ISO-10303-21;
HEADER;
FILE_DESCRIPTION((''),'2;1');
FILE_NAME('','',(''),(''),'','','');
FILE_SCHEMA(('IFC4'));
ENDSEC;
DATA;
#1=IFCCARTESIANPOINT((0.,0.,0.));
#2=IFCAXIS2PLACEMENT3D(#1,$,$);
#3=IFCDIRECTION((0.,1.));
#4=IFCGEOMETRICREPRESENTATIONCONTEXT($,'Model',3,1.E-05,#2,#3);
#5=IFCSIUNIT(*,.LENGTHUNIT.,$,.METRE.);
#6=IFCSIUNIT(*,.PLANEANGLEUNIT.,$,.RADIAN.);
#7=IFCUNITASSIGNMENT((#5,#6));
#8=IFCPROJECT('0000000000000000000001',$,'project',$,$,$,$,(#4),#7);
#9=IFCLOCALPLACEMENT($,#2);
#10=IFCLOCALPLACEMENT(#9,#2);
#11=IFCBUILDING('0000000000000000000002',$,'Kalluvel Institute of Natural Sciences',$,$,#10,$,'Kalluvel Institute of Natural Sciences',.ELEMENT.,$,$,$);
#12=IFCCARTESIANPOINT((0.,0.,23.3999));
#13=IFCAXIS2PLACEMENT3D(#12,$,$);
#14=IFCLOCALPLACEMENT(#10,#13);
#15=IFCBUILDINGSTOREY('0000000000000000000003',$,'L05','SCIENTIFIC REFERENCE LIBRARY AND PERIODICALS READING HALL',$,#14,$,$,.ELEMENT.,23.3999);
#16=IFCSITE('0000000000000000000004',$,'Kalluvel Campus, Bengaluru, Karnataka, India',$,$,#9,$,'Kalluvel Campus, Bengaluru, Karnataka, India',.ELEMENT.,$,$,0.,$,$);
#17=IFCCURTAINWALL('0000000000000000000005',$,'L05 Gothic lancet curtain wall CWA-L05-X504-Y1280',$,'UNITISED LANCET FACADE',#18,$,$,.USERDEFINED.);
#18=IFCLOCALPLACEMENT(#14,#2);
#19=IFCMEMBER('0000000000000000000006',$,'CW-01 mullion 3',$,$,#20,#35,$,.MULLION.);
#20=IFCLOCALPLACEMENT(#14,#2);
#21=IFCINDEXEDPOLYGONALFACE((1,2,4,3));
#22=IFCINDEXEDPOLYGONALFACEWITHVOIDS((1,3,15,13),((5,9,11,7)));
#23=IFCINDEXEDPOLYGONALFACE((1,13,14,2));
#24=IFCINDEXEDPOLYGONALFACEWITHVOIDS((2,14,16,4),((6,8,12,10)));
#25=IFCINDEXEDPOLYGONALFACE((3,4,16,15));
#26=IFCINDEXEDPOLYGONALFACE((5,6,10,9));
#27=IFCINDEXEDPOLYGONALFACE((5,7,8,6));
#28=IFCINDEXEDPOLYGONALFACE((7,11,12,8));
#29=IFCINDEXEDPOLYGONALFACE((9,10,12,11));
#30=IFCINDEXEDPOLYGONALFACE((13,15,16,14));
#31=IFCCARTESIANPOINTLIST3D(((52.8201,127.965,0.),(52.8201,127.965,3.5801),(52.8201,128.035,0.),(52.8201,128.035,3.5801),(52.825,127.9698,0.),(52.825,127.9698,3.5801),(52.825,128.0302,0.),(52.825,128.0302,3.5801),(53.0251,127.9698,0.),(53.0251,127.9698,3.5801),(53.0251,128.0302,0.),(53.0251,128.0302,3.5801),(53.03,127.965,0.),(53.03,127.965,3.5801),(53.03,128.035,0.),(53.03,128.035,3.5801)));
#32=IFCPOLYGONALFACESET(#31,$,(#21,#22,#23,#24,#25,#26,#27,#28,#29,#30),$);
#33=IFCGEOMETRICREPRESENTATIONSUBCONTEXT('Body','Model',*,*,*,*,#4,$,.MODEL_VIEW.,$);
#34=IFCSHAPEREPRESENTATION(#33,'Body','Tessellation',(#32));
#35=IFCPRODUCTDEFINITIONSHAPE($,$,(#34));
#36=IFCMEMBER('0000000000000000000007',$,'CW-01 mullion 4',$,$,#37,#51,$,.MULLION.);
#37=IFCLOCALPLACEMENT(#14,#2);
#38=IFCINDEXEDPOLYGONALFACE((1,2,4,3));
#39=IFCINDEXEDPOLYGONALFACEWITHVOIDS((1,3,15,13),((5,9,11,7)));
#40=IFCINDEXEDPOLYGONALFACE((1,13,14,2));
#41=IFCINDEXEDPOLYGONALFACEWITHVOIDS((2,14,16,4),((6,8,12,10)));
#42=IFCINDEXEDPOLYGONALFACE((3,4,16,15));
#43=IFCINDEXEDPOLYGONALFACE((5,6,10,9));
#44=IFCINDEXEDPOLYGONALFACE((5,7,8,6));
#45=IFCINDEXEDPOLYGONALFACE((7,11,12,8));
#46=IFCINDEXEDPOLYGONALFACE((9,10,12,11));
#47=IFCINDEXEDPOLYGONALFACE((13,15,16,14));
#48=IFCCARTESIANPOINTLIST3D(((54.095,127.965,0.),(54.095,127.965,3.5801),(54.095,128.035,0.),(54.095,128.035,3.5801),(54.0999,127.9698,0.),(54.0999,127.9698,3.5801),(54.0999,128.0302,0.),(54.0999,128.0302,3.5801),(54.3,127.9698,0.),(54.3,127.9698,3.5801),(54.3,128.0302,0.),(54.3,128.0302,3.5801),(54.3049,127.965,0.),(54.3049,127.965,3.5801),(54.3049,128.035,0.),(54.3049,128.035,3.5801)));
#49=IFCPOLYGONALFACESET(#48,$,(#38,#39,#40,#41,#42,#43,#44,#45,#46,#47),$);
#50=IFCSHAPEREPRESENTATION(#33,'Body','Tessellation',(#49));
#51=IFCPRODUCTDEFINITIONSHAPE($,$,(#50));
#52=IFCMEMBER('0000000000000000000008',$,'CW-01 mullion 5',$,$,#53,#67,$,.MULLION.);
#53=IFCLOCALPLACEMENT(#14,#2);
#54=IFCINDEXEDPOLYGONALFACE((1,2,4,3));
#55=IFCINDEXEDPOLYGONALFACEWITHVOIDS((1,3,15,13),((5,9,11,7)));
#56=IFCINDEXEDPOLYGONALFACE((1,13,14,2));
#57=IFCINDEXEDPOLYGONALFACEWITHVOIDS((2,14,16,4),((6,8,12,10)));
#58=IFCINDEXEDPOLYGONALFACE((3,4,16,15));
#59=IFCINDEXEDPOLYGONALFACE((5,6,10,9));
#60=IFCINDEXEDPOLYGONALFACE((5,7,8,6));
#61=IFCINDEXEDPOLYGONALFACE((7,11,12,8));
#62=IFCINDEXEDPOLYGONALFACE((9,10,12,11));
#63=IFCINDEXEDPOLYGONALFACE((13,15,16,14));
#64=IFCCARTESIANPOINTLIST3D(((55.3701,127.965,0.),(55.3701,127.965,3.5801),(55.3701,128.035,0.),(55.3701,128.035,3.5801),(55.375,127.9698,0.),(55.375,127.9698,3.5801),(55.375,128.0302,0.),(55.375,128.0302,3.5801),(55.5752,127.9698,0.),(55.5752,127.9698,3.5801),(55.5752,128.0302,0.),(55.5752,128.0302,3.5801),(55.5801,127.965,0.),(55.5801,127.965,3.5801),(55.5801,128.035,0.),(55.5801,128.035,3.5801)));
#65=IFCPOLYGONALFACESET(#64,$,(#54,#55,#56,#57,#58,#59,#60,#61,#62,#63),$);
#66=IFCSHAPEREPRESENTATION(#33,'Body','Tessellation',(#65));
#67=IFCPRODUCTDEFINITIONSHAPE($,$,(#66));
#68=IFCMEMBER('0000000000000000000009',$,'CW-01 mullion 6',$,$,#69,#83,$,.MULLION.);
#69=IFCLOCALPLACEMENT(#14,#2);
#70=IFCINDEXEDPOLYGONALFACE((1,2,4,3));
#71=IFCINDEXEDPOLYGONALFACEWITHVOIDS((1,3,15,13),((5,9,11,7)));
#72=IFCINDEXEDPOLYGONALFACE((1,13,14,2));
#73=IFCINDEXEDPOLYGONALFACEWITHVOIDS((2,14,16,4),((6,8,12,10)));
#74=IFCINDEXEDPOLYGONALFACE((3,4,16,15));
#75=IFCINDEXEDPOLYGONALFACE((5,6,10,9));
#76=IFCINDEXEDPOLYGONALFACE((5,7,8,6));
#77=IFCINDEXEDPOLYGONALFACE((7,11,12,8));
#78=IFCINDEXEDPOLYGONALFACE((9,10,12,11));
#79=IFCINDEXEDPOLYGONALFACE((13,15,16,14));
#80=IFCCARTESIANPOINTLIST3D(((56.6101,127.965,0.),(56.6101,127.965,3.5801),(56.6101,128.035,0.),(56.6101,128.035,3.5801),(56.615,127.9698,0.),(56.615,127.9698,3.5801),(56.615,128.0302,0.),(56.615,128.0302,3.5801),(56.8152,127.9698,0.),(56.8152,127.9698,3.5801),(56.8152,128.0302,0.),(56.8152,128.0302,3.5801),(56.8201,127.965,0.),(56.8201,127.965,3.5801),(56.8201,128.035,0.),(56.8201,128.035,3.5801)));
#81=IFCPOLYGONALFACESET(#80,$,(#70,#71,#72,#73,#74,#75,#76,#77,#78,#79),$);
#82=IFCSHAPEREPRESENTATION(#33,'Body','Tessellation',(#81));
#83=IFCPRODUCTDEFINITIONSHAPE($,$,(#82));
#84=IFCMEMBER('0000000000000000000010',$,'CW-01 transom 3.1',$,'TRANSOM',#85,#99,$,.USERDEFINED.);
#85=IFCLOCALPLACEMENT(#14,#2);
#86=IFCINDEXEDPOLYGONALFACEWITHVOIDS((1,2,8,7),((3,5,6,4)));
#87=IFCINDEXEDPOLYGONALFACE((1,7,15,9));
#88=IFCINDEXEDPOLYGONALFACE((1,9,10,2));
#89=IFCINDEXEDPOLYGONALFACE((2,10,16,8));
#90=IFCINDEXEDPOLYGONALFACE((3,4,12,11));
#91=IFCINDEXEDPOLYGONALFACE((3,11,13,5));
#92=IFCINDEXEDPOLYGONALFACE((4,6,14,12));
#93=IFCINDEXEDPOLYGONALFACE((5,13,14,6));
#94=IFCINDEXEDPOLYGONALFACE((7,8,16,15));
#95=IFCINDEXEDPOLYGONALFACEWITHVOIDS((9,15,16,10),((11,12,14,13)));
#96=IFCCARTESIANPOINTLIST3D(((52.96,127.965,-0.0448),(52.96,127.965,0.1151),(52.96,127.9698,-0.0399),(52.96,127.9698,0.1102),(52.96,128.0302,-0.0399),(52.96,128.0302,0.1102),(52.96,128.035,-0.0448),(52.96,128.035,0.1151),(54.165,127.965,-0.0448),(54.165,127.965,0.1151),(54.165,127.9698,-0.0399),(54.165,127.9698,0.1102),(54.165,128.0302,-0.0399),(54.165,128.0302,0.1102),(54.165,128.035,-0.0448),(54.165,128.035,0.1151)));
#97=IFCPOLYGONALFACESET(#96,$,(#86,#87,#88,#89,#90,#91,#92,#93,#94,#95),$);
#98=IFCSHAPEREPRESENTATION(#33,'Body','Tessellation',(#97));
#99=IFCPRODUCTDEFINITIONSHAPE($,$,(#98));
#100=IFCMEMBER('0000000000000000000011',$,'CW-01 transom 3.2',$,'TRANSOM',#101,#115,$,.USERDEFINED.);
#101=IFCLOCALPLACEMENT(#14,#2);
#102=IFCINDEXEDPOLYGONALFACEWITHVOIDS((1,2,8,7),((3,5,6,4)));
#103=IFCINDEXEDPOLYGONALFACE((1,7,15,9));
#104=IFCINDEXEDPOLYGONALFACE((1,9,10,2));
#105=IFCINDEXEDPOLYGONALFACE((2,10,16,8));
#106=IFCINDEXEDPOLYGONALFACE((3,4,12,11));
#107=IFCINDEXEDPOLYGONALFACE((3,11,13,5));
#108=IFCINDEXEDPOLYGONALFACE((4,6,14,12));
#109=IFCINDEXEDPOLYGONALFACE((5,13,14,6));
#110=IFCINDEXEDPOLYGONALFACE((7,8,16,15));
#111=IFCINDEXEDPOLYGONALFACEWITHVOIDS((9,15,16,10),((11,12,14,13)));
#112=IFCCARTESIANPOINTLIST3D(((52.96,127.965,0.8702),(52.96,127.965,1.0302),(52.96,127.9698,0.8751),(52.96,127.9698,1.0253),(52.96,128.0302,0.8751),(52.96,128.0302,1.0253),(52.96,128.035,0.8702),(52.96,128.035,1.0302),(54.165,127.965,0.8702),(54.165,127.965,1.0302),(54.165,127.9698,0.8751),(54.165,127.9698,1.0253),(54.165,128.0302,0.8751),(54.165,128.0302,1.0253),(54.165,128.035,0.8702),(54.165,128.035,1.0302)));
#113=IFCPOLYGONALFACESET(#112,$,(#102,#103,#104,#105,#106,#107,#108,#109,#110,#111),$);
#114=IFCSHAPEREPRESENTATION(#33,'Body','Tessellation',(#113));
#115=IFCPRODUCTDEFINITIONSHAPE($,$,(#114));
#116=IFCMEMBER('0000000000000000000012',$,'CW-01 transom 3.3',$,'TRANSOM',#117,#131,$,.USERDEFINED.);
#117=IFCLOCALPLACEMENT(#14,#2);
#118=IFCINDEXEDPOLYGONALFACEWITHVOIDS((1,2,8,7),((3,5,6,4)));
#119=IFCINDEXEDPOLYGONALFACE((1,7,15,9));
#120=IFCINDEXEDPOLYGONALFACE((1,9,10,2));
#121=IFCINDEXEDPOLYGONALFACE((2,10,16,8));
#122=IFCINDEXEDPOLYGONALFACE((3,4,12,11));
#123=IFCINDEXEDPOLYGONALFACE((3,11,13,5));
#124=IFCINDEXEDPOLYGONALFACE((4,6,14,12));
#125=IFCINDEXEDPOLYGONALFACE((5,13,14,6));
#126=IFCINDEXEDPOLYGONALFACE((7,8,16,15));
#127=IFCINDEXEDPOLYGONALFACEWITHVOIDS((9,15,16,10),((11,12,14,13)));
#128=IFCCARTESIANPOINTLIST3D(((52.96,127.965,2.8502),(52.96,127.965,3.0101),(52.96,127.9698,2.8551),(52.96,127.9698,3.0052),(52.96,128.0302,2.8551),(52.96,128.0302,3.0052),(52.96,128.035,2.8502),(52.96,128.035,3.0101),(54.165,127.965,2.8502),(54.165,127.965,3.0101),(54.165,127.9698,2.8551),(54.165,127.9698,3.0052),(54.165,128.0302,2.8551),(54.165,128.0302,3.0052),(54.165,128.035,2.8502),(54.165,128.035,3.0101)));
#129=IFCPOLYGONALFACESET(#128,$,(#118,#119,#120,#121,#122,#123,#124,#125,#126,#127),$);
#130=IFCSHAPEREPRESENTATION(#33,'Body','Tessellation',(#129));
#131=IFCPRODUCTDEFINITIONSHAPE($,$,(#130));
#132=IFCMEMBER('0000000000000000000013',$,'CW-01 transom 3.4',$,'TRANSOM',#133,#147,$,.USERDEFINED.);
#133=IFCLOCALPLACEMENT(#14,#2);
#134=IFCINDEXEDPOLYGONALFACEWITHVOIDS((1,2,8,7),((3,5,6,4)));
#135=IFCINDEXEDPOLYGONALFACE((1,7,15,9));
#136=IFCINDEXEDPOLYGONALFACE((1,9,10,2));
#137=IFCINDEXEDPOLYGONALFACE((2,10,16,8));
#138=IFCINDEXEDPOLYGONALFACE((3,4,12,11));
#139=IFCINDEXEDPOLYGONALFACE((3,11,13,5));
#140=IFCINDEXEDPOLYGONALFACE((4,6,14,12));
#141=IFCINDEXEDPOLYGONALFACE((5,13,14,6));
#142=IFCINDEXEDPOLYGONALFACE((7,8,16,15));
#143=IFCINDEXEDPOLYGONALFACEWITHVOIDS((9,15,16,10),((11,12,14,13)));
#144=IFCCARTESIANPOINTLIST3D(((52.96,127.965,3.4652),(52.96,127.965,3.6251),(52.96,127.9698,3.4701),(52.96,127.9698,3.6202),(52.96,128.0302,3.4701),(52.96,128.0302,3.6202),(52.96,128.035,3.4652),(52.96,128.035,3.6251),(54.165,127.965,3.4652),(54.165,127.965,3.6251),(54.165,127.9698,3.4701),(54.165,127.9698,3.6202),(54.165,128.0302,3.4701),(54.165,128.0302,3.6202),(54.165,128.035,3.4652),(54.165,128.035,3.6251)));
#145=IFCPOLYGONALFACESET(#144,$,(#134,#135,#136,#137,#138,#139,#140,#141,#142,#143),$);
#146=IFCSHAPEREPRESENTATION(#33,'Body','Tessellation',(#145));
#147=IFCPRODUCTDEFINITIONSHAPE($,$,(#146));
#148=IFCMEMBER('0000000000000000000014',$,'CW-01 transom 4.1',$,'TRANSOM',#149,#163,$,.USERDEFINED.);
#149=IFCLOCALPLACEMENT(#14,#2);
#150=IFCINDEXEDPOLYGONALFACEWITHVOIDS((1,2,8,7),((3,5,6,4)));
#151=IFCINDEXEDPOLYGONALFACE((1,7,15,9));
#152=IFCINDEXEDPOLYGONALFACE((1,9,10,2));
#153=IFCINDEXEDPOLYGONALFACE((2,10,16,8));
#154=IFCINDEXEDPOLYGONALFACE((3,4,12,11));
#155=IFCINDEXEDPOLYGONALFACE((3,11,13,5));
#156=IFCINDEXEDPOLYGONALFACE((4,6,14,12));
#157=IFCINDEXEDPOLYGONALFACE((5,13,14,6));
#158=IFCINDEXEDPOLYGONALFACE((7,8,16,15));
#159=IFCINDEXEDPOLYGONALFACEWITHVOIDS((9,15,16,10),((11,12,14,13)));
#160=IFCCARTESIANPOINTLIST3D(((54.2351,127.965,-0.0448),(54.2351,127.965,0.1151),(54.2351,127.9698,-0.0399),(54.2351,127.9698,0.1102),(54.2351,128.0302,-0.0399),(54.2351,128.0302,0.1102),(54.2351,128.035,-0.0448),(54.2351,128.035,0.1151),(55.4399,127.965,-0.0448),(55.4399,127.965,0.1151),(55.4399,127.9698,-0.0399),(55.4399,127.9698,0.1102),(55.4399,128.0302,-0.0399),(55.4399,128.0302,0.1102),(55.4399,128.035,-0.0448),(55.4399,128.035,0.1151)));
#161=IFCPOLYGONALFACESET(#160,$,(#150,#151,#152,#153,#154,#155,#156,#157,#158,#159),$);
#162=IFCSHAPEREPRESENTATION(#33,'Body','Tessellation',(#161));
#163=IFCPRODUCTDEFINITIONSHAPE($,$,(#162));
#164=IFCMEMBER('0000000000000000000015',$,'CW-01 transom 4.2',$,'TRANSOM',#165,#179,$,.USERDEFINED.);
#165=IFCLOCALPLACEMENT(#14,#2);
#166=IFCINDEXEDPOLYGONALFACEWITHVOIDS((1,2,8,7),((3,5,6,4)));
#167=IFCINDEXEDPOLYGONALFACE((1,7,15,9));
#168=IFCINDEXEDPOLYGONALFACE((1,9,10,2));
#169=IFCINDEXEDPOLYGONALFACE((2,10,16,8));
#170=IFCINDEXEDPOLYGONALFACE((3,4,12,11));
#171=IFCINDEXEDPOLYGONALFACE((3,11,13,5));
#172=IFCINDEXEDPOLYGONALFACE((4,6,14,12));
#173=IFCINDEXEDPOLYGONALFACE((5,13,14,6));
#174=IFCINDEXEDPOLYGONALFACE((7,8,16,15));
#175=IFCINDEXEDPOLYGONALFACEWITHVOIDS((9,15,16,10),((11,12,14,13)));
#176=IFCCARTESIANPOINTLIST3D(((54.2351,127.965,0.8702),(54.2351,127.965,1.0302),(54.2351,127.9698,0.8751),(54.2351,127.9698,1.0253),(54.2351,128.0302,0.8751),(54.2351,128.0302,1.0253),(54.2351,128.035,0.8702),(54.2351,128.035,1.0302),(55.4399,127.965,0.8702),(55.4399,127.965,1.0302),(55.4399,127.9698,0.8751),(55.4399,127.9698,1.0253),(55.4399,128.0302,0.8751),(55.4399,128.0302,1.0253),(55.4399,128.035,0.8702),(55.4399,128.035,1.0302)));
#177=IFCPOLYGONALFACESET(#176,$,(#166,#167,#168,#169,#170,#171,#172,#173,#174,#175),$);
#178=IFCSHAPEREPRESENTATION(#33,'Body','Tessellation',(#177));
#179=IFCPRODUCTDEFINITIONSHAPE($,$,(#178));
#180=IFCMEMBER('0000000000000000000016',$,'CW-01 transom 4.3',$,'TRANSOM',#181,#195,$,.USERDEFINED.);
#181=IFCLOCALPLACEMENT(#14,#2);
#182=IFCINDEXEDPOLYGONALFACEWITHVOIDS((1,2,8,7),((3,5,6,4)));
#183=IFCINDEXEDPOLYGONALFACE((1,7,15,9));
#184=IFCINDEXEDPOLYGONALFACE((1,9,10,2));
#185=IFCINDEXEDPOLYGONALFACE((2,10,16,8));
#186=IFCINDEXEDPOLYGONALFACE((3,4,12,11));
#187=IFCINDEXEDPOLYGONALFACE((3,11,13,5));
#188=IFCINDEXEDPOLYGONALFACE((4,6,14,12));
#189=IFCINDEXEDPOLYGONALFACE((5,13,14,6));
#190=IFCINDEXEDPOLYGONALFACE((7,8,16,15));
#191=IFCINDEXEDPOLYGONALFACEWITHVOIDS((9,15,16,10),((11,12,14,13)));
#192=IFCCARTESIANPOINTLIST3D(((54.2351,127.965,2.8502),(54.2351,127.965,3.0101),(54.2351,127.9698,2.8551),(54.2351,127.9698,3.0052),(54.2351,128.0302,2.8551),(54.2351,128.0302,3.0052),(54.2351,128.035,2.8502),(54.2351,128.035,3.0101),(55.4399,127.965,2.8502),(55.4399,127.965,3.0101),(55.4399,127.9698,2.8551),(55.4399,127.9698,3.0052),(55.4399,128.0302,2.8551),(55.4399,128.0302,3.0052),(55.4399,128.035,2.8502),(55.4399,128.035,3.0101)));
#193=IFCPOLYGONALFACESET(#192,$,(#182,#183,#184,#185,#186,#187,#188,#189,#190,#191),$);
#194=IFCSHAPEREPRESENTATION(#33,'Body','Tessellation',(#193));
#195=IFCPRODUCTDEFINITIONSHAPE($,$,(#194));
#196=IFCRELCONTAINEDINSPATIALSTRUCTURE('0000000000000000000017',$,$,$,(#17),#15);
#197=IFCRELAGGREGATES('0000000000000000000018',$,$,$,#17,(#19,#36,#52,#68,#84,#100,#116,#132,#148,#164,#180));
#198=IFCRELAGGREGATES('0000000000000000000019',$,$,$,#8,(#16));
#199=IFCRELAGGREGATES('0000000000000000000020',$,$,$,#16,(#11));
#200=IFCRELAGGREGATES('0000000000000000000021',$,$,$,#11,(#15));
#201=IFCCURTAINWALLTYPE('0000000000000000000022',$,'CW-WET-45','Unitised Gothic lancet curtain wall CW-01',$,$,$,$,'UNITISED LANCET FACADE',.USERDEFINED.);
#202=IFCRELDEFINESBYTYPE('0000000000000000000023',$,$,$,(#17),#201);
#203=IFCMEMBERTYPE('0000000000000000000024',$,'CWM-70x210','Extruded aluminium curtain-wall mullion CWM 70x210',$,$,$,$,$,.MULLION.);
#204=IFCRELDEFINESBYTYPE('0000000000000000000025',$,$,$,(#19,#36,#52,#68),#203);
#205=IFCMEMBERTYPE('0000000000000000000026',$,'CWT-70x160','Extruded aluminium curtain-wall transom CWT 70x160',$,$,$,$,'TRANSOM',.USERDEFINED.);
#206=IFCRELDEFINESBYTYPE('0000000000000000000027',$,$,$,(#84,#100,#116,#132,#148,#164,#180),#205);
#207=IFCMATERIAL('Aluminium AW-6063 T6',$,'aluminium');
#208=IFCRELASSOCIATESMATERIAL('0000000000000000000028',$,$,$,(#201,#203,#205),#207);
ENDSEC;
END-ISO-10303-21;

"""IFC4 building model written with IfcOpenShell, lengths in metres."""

from ifc_helpers import new_model, si_unit, direction, frame, origin, origin_2d, place, context, subcontext, project, spatial, hollow_rectangle, extrude, material, material_profile, profile_set, type_object, element, aggregate, save


model = new_model("IFC4")

# Units and contexts
model_context = context("Model", 3, precision=1e-05, world=origin(), true_north=direction((0.0, 1.0)))
body_context = subcontext(model_context, "Body", "Model", "MODEL_VIEW")
ifc_project = project(units=[si_unit("LENGTHUNIT", "METRE"), si_unit("PLANEANGLEUNIT", "RADIAN")], contexts=[model_context])

# Site, building, storey
site_placement = place(None, origin())
site = spatial("IfcSite", under=ifc_project, at=site_placement, Name="Kalluvel Campus, Bengaluru, Karnataka, India", LongName="Kalluvel Campus, Bengaluru, Karnataka, India", CompositionType="ELEMENT", RefElevation=0.0)
building_placement = place(site_placement, origin())
building = spatial("IfcBuilding", under=site, at=building_placement, Name="Kalluvel Institute of Natural Sciences", LongName="Kalluvel Institute of Natural Sciences", CompositionType="ELEMENT")
storey_placement = place(building_placement, frame((0.0, 0.0, 23.3999)))
storey = spatial("IfcBuildingStorey", under=building, at=storey_placement, Name="L05", Description="SCIENTIFIC REFERENCE LIBRARY AND PERIODICALS READING HALL", CompositionType="ELEMENT", Elevation=23.3999)

# Curtain wall, members
ifc_material_1 = material(Name="Aluminium AW-6063 T6", Category="aluminium")
curtain_wall_type = type_object("IfcCurtainWallType", Name="CW-WET-45", Description="Unitised Gothic lancet curtain wall CW-01", ElementType="UNITISED LANCET FACADE", PredefinedType="USERDEFINED", material=ifc_material_1)
curtain_wall_placement = place(storey_placement, origin())
curtain_wall = element("IfcCurtainWall", 1, at=curtain_wall_placement, inside=storey, type_object=curtain_wall_type, Name="L05 Gothic lancet curtain wall CWA-L05-X504-Y1280", ObjectType="UNITISED LANCET FACADE", PredefinedType="USERDEFINED")
ifc_material_profile_1 = material_profile(ifc_material_1, hollow_rectangle(XDim=0.0701, YDim=0.21, WallThickness=0.0049, at=origin_2d()), Name="CWM 70x210")
ifc_profile_set_1 = profile_set([ifc_material_profile_1], Name="Aluminium AW-6063 T6")
member_type_1 = type_object("IfcMemberType", Name="CWM-70x210", Description="Extruded aluminium curtain-wall mullion CWM 70x210", PredefinedType="MULLION", material=ifc_profile_set_1)
member_1_placement = place(storey_placement, frame((52.925, 128.0, 0.0), z_axis=(0.0, 0.0, 1.0), x_axis=(0.0, 1.0, 0.0)))
member_1 = element("IfcMember", 2, at=member_1_placement, type_object=member_type_1, Name="CW-01 mullion 3", PredefinedType="MULLION", context=body_context, shape_type="SweptSolid", body=[
    extrude(hollow_rectangle(XDim=0.0701, YDim=0.21, WallThickness=0.0049, at=origin_2d()), origin(), (0.0, 0.0, 1.0), 3.5801),
])
member_2_placement = place(storey_placement, frame((54.2, 128.0, 0.0), z_axis=(0.0, 0.0, 1.0), x_axis=(0.0, 1.0, 0.0)))
member_2 = element("IfcMember", 3, at=member_2_placement, type_object=member_type_1, Name="CW-01 mullion 4", PredefinedType="MULLION", context=body_context, shape_type="SweptSolid", body=[
    extrude(hollow_rectangle(XDim=0.0701, YDim=0.21, WallThickness=0.0049, at=origin_2d()), origin(), (0.0, 0.0, 1.0), 3.5801),
])
member_3_placement = place(storey_placement, frame((55.4751, 128.0, 0.0), z_axis=(0.0, 0.0, 1.0), x_axis=(0.0, 1.0, 0.0)))
member_3 = element("IfcMember", 4, at=member_3_placement, type_object=member_type_1, Name="CW-01 mullion 5", PredefinedType="MULLION", context=body_context, shape_type="SweptSolid", body=[
    extrude(hollow_rectangle(XDim=0.0701, YDim=0.21, WallThickness=0.0049, at=origin_2d()), origin(), (0.0, 0.0, 1.0), 3.5801),
])
member_4_placement = place(storey_placement, frame((56.7151, 128.0, 0.0), z_axis=(0.0, 0.0, 1.0), x_axis=(0.0, 1.0, 0.0)))
member_4 = element("IfcMember", 5, at=member_4_placement, type_object=member_type_1, Name="CW-01 mullion 6", PredefinedType="MULLION", context=body_context, shape_type="SweptSolid", body=[
    extrude(hollow_rectangle(XDim=0.0701, YDim=0.21, WallThickness=0.0049, at=origin_2d()), origin(), (0.0, 0.0, 1.0), 3.5801),
])
ifc_material_profile_2 = material_profile(ifc_material_1, hollow_rectangle(XDim=0.0701, YDim=0.1599, WallThickness=0.0049, at=origin_2d()), Name="CWT 70x160")
ifc_profile_set_2 = profile_set([ifc_material_profile_2], Name="Aluminium AW-6063 T6")
member_type_2 = type_object("IfcMemberType", Name="CWT-70x160", Description="Extruded aluminium curtain-wall transom CWT 70x160", ElementType="TRANSOM", PredefinedType="USERDEFINED", material=ifc_profile_set_2)
member_5_placement = place(storey_placement, frame((52.96, 128.0, 0.0352), z_axis=(1.0, 0.0, 0.0), x_axis=(0.0, 1.0, 0.0)))
member_5 = element("IfcMember", 6, at=member_5_placement, type_object=member_type_2, Name="CW-01 transom 3.1", ObjectType="TRANSOM", PredefinedType="USERDEFINED", context=body_context, shape_type="SweptSolid", body=[
    extrude(hollow_rectangle(XDim=0.0701, YDim=0.1599, WallThickness=0.0049, at=origin_2d()), origin(), (0.0, 0.0, 1.0), 1.2051),
])
member_6_placement = place(storey_placement, frame((52.96, 128.0, 0.9502), z_axis=(1.0, 0.0, 0.0), x_axis=(0.0, 1.0, 0.0)))
member_6 = element("IfcMember", 7, at=member_6_placement, type_object=member_type_2, Name="CW-01 transom 3.2", ObjectType="TRANSOM", PredefinedType="USERDEFINED", context=body_context, shape_type="SweptSolid", body=[
    extrude(hollow_rectangle(XDim=0.0701, YDim=0.1599, WallThickness=0.0049, at=origin_2d()), origin(), (0.0, 0.0, 1.0), 1.2051),
])
member_7_placement = place(storey_placement, frame((52.96, 128.0, 2.9302), z_axis=(1.0, 0.0, 0.0), x_axis=(0.0, 1.0, 0.0)))
member_7 = element("IfcMember", 8, at=member_7_placement, type_object=member_type_2, Name="CW-01 transom 3.3", ObjectType="TRANSOM", PredefinedType="USERDEFINED", context=body_context, shape_type="SweptSolid", body=[
    extrude(hollow_rectangle(XDim=0.0701, YDim=0.1599, WallThickness=0.0049, at=origin_2d()), origin(), (0.0, 0.0, 1.0), 1.2051),
])
member_8_placement = place(storey_placement, frame((52.96, 128.0, 3.5452), z_axis=(1.0, 0.0, 0.0), x_axis=(0.0, 1.0, 0.0)))
member_8 = element("IfcMember", 9, at=member_8_placement, type_object=member_type_2, Name="CW-01 transom 3.4", ObjectType="TRANSOM", PredefinedType="USERDEFINED", context=body_context, shape_type="SweptSolid", body=[
    extrude(hollow_rectangle(XDim=0.0701, YDim=0.1599, WallThickness=0.0049, at=origin_2d()), origin(), (0.0, 0.0, 1.0), 1.2051),
])
member_9_placement = place(storey_placement, frame((54.2351, 128.0, 0.0352), z_axis=(1.0, 0.0, 0.0), x_axis=(0.0, 1.0, 0.0)))
member_9 = element("IfcMember", 10, at=member_9_placement, type_object=member_type_2, Name="CW-01 transom 4.1", ObjectType="TRANSOM", PredefinedType="USERDEFINED", context=body_context, shape_type="SweptSolid", body=[
    extrude(hollow_rectangle(XDim=0.0701, YDim=0.1599, WallThickness=0.0049, at=origin_2d()), origin(), (0.0, 0.0, 1.0), 1.2048),
])
member_10_placement = place(storey_placement, frame((54.2351, 128.0, 0.9502), z_axis=(1.0, 0.0, 0.0), x_axis=(0.0, 1.0, 0.0)))
member_10 = element("IfcMember", 11, at=member_10_placement, type_object=member_type_2, Name="CW-01 transom 4.2", ObjectType="TRANSOM", PredefinedType="USERDEFINED", context=body_context, shape_type="SweptSolid", body=[
    extrude(hollow_rectangle(XDim=0.0701, YDim=0.1599, WallThickness=0.0049, at=origin_2d()), origin(), (0.0, 0.0, 1.0), 1.2048),
])
member_11_placement = place(storey_placement, frame((54.2351, 128.0, 2.9302), z_axis=(1.0, 0.0, 0.0), x_axis=(0.0, 1.0, 0.0)))
member_11 = element("IfcMember", 12, at=member_11_placement, type_object=member_type_2, Name="CW-01 transom 4.3", ObjectType="TRANSOM", PredefinedType="USERDEFINED", context=body_context, shape_type="SweptSolid", body=[
    extrude(hollow_rectangle(XDim=0.0701, YDim=0.1599, WallThickness=0.0049, at=origin_2d()), origin(), (0.0, 0.0, 1.0), 1.2048),
])
aggregate(curtain_wall, [member_1, member_2, member_3, member_4, member_5, member_6, member_7, member_8, member_9, member_10, member_11])

save(model, "model.ifc")
